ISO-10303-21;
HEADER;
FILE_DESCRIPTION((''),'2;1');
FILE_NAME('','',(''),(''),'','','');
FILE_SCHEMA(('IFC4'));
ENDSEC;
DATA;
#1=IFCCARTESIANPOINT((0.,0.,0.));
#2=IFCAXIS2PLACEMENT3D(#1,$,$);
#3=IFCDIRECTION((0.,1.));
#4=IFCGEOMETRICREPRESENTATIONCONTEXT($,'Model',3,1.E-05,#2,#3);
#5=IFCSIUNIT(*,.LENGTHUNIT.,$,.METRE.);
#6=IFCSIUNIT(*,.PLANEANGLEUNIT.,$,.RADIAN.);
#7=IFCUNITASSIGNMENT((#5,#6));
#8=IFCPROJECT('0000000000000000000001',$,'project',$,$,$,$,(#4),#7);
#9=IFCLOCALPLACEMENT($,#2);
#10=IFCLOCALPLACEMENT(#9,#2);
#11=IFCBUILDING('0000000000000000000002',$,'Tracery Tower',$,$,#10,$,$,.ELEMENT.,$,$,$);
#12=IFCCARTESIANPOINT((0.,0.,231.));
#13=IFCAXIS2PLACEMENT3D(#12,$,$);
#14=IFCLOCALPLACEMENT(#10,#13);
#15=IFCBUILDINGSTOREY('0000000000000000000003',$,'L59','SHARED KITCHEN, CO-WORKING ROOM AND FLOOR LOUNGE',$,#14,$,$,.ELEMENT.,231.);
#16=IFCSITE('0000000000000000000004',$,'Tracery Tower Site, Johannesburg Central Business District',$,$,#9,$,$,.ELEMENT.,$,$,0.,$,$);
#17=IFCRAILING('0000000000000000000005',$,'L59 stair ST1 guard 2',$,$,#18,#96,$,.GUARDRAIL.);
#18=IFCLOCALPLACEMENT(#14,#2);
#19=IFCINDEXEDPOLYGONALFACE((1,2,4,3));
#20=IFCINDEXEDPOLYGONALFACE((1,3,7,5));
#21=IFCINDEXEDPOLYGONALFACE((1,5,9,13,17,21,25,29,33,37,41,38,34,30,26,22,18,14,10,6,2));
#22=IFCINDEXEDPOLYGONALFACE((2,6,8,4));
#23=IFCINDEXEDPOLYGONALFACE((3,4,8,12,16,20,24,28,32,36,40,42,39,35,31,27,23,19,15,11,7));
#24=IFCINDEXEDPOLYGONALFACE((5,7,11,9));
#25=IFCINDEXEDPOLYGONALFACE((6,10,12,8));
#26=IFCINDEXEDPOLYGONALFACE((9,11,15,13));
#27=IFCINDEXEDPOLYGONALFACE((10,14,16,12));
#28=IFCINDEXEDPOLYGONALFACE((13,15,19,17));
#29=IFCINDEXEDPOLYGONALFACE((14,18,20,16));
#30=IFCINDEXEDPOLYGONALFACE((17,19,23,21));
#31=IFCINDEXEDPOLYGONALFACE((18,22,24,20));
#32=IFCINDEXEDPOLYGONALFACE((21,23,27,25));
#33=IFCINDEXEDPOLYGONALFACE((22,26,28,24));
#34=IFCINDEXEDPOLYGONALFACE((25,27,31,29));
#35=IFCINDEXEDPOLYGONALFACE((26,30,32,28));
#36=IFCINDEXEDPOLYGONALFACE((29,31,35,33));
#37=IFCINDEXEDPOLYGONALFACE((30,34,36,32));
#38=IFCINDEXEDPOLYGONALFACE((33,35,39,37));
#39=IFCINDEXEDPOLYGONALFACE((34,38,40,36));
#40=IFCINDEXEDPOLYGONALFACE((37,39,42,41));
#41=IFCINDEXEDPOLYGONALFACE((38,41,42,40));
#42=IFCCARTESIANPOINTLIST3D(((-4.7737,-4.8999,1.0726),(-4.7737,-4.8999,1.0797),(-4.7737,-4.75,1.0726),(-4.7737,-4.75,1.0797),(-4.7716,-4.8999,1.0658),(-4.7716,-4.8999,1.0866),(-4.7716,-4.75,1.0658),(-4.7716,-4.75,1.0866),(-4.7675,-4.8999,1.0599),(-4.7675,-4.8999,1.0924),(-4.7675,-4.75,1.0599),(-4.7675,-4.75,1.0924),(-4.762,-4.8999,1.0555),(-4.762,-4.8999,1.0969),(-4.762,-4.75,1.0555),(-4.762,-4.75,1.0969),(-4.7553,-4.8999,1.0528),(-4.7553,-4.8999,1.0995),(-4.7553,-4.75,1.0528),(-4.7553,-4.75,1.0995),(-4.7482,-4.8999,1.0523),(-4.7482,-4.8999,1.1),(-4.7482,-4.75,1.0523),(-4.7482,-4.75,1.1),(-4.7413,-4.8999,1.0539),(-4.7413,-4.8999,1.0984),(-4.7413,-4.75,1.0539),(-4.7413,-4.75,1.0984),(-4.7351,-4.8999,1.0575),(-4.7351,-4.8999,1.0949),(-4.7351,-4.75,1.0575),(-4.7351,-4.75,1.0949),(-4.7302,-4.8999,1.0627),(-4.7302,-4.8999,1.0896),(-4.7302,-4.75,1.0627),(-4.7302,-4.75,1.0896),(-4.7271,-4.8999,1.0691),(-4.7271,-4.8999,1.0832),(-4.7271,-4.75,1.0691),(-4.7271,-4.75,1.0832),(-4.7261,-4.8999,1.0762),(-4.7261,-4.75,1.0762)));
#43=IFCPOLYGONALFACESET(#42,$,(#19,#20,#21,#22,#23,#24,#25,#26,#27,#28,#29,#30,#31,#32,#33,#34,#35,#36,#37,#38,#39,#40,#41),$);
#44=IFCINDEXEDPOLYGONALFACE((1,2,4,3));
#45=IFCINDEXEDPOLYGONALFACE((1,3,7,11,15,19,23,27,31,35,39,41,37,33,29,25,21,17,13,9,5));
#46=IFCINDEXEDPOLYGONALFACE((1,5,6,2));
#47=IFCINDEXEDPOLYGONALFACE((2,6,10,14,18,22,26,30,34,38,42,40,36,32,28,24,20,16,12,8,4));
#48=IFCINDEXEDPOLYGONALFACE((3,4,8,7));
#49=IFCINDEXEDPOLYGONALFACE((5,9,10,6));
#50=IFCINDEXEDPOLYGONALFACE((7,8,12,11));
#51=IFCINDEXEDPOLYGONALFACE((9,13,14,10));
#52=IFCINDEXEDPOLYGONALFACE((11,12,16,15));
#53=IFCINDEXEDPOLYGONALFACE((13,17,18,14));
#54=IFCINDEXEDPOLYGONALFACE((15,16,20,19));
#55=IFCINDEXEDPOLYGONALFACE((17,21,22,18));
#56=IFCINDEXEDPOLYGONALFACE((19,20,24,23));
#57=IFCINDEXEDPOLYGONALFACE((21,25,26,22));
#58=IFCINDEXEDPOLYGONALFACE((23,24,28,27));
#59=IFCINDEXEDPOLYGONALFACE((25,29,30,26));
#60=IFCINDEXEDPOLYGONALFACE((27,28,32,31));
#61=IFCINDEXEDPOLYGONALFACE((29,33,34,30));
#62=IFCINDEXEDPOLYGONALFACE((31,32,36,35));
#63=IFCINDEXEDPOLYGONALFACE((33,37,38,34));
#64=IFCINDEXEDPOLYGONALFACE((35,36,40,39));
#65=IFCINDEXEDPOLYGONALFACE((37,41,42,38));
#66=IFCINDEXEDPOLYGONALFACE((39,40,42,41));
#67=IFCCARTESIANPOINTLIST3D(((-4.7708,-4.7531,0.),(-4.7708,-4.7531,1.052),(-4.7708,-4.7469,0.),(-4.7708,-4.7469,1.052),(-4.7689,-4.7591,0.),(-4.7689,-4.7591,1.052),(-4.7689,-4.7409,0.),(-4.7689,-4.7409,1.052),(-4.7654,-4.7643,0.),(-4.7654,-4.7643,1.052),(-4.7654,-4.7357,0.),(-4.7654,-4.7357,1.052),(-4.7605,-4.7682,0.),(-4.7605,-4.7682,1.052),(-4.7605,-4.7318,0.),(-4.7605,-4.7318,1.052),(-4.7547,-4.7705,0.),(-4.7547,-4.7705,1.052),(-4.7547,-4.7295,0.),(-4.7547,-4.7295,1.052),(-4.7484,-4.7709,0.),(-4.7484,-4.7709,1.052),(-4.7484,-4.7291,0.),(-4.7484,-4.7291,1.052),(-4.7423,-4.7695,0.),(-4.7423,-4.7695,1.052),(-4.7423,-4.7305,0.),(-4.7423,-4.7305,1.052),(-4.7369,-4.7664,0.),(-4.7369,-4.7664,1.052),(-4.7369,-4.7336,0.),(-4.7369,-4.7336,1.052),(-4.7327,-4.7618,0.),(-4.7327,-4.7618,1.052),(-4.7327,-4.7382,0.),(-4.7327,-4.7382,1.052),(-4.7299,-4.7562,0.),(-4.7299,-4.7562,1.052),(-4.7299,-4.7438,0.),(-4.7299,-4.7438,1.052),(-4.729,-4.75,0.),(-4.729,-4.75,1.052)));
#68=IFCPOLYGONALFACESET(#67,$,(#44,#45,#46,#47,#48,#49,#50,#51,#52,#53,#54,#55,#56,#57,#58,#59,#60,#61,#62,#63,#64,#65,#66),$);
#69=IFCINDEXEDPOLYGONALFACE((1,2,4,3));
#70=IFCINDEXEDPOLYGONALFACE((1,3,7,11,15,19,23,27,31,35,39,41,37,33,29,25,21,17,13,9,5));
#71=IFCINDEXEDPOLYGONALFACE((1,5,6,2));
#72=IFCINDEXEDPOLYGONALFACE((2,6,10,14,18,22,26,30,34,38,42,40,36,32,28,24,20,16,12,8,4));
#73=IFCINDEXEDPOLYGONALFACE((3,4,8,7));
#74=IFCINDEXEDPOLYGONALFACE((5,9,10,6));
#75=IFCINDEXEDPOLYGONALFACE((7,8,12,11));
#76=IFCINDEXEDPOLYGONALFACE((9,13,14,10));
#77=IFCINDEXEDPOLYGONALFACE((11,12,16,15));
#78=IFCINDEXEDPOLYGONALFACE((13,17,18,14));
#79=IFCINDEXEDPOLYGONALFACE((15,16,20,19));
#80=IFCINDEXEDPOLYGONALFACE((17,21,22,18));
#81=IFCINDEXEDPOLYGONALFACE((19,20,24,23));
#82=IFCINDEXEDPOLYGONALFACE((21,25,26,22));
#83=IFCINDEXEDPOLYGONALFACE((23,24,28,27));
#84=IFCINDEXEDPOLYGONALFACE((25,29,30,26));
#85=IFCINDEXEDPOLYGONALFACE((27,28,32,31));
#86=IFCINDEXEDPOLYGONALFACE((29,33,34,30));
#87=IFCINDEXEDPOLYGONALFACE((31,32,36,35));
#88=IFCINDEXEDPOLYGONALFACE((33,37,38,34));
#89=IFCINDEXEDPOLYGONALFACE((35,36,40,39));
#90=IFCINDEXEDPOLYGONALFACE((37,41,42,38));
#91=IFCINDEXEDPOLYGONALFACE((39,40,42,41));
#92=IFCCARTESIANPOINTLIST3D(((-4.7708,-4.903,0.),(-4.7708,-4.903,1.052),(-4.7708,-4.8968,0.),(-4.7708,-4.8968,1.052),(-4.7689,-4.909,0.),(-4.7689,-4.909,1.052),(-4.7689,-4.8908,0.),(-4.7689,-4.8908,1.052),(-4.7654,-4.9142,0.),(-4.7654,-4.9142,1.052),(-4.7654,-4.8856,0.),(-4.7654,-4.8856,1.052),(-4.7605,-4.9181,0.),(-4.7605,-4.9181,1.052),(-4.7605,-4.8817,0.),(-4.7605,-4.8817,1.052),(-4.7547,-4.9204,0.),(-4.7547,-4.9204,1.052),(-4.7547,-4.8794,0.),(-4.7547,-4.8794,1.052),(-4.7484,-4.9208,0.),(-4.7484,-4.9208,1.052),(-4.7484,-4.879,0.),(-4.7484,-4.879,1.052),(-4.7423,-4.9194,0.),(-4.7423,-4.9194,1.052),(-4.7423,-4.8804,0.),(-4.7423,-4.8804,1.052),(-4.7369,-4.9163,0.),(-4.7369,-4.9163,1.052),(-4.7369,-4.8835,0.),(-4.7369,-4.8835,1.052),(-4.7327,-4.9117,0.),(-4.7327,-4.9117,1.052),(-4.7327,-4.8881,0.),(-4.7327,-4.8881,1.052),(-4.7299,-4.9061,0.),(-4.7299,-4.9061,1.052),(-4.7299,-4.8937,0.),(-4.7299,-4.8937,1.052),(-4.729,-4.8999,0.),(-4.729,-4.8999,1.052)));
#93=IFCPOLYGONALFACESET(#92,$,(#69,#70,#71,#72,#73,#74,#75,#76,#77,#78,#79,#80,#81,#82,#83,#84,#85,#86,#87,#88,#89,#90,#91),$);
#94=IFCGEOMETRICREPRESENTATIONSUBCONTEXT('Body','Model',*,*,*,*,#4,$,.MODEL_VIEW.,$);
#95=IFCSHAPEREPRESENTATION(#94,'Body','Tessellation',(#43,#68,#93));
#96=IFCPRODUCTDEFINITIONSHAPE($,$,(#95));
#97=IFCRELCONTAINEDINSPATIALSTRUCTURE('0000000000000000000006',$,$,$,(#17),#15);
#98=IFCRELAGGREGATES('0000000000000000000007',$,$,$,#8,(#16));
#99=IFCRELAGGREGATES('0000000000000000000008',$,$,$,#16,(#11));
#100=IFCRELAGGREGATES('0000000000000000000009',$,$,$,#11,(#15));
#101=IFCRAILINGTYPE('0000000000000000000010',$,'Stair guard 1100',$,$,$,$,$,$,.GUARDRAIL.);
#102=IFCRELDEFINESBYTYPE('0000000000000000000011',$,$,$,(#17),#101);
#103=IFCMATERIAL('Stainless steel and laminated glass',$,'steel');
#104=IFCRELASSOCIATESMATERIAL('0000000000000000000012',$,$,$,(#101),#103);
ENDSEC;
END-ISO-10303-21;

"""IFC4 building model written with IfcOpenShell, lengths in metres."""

from ifc_helpers import new_model, si_unit, direction, frame, origin, origin_2d, place, context, subcontext, project, spatial, circle, extrude, material, type_object, element, save


model = new_model("IFC4")

# Units and contexts
model_context = context("Model", 3, precision=1e-05, world=origin(), true_north=direction((0.0, 1.0)))
body_context = subcontext(model_context, "Body", "Model", "MODEL_VIEW")
ifc_project = project(units=[si_unit("LENGTHUNIT", "METRE"), si_unit("PLANEANGLEUNIT", "RADIAN")], contexts=[model_context])

# Site, building, storey
site_placement = place(None, origin())
site = spatial("IfcSite", under=ifc_project, at=site_placement, Name="Tracery Tower Site, Johannesburg Central Business District", CompositionType="ELEMENT", RefElevation=0.0)
building_placement = place(site_placement, origin())
building = spatial("IfcBuilding", under=site, at=building_placement, Name="Tracery Tower", CompositionType="ELEMENT")
storey_placement = place(building_placement, frame((0.0, 0.0, 231.0)))
storey = spatial("IfcBuildingStorey", under=building, at=storey_placement, Name="L59", Description="SHARED KITCHEN, CO-WORKING ROOM AND FLOOR LOUNGE", CompositionType="ELEMENT", Elevation=231.0)

# Railing
ifc_material_1 = material(Name="Stainless steel and laminated glass", Category="steel")
railing_type_1 = type_object("IfcRailingType", Name="Stair guard 1100", PredefinedType="GUARDRAIL", material=ifc_material_1)
railing_1_placement = place(storey_placement, frame((-4.75, -4.75, 0.0)))
element("IfcRailing", 1, at=railing_1_placement, inside=storey, type_object=railing_type_1, Name="L59 stair ST1 guard 2", PredefinedType="GUARDRAIL", context=body_context, shape_type="SweptSolid", body=[
    extrude(circle(Radius=0.0239, at=origin_2d()), frame((0.0, 0.0, 1.0762), z_axis=(0.0, -1.0, 0.0), x_axis=(1.0, 0.0, 0.0)), (0.0, 0.0, 1.0), 0.1499),
    extrude(circle(Radius=0.021, at=origin_2d()), origin(), (0.0, 0.0, 1.0), 1.052),
    extrude(circle(Radius=0.021, at=origin_2d()), frame((0.0, -0.1499, 0.0)), (0.0, 0.0, 1.0), 1.052),
])

save(model, "model.ifc")
